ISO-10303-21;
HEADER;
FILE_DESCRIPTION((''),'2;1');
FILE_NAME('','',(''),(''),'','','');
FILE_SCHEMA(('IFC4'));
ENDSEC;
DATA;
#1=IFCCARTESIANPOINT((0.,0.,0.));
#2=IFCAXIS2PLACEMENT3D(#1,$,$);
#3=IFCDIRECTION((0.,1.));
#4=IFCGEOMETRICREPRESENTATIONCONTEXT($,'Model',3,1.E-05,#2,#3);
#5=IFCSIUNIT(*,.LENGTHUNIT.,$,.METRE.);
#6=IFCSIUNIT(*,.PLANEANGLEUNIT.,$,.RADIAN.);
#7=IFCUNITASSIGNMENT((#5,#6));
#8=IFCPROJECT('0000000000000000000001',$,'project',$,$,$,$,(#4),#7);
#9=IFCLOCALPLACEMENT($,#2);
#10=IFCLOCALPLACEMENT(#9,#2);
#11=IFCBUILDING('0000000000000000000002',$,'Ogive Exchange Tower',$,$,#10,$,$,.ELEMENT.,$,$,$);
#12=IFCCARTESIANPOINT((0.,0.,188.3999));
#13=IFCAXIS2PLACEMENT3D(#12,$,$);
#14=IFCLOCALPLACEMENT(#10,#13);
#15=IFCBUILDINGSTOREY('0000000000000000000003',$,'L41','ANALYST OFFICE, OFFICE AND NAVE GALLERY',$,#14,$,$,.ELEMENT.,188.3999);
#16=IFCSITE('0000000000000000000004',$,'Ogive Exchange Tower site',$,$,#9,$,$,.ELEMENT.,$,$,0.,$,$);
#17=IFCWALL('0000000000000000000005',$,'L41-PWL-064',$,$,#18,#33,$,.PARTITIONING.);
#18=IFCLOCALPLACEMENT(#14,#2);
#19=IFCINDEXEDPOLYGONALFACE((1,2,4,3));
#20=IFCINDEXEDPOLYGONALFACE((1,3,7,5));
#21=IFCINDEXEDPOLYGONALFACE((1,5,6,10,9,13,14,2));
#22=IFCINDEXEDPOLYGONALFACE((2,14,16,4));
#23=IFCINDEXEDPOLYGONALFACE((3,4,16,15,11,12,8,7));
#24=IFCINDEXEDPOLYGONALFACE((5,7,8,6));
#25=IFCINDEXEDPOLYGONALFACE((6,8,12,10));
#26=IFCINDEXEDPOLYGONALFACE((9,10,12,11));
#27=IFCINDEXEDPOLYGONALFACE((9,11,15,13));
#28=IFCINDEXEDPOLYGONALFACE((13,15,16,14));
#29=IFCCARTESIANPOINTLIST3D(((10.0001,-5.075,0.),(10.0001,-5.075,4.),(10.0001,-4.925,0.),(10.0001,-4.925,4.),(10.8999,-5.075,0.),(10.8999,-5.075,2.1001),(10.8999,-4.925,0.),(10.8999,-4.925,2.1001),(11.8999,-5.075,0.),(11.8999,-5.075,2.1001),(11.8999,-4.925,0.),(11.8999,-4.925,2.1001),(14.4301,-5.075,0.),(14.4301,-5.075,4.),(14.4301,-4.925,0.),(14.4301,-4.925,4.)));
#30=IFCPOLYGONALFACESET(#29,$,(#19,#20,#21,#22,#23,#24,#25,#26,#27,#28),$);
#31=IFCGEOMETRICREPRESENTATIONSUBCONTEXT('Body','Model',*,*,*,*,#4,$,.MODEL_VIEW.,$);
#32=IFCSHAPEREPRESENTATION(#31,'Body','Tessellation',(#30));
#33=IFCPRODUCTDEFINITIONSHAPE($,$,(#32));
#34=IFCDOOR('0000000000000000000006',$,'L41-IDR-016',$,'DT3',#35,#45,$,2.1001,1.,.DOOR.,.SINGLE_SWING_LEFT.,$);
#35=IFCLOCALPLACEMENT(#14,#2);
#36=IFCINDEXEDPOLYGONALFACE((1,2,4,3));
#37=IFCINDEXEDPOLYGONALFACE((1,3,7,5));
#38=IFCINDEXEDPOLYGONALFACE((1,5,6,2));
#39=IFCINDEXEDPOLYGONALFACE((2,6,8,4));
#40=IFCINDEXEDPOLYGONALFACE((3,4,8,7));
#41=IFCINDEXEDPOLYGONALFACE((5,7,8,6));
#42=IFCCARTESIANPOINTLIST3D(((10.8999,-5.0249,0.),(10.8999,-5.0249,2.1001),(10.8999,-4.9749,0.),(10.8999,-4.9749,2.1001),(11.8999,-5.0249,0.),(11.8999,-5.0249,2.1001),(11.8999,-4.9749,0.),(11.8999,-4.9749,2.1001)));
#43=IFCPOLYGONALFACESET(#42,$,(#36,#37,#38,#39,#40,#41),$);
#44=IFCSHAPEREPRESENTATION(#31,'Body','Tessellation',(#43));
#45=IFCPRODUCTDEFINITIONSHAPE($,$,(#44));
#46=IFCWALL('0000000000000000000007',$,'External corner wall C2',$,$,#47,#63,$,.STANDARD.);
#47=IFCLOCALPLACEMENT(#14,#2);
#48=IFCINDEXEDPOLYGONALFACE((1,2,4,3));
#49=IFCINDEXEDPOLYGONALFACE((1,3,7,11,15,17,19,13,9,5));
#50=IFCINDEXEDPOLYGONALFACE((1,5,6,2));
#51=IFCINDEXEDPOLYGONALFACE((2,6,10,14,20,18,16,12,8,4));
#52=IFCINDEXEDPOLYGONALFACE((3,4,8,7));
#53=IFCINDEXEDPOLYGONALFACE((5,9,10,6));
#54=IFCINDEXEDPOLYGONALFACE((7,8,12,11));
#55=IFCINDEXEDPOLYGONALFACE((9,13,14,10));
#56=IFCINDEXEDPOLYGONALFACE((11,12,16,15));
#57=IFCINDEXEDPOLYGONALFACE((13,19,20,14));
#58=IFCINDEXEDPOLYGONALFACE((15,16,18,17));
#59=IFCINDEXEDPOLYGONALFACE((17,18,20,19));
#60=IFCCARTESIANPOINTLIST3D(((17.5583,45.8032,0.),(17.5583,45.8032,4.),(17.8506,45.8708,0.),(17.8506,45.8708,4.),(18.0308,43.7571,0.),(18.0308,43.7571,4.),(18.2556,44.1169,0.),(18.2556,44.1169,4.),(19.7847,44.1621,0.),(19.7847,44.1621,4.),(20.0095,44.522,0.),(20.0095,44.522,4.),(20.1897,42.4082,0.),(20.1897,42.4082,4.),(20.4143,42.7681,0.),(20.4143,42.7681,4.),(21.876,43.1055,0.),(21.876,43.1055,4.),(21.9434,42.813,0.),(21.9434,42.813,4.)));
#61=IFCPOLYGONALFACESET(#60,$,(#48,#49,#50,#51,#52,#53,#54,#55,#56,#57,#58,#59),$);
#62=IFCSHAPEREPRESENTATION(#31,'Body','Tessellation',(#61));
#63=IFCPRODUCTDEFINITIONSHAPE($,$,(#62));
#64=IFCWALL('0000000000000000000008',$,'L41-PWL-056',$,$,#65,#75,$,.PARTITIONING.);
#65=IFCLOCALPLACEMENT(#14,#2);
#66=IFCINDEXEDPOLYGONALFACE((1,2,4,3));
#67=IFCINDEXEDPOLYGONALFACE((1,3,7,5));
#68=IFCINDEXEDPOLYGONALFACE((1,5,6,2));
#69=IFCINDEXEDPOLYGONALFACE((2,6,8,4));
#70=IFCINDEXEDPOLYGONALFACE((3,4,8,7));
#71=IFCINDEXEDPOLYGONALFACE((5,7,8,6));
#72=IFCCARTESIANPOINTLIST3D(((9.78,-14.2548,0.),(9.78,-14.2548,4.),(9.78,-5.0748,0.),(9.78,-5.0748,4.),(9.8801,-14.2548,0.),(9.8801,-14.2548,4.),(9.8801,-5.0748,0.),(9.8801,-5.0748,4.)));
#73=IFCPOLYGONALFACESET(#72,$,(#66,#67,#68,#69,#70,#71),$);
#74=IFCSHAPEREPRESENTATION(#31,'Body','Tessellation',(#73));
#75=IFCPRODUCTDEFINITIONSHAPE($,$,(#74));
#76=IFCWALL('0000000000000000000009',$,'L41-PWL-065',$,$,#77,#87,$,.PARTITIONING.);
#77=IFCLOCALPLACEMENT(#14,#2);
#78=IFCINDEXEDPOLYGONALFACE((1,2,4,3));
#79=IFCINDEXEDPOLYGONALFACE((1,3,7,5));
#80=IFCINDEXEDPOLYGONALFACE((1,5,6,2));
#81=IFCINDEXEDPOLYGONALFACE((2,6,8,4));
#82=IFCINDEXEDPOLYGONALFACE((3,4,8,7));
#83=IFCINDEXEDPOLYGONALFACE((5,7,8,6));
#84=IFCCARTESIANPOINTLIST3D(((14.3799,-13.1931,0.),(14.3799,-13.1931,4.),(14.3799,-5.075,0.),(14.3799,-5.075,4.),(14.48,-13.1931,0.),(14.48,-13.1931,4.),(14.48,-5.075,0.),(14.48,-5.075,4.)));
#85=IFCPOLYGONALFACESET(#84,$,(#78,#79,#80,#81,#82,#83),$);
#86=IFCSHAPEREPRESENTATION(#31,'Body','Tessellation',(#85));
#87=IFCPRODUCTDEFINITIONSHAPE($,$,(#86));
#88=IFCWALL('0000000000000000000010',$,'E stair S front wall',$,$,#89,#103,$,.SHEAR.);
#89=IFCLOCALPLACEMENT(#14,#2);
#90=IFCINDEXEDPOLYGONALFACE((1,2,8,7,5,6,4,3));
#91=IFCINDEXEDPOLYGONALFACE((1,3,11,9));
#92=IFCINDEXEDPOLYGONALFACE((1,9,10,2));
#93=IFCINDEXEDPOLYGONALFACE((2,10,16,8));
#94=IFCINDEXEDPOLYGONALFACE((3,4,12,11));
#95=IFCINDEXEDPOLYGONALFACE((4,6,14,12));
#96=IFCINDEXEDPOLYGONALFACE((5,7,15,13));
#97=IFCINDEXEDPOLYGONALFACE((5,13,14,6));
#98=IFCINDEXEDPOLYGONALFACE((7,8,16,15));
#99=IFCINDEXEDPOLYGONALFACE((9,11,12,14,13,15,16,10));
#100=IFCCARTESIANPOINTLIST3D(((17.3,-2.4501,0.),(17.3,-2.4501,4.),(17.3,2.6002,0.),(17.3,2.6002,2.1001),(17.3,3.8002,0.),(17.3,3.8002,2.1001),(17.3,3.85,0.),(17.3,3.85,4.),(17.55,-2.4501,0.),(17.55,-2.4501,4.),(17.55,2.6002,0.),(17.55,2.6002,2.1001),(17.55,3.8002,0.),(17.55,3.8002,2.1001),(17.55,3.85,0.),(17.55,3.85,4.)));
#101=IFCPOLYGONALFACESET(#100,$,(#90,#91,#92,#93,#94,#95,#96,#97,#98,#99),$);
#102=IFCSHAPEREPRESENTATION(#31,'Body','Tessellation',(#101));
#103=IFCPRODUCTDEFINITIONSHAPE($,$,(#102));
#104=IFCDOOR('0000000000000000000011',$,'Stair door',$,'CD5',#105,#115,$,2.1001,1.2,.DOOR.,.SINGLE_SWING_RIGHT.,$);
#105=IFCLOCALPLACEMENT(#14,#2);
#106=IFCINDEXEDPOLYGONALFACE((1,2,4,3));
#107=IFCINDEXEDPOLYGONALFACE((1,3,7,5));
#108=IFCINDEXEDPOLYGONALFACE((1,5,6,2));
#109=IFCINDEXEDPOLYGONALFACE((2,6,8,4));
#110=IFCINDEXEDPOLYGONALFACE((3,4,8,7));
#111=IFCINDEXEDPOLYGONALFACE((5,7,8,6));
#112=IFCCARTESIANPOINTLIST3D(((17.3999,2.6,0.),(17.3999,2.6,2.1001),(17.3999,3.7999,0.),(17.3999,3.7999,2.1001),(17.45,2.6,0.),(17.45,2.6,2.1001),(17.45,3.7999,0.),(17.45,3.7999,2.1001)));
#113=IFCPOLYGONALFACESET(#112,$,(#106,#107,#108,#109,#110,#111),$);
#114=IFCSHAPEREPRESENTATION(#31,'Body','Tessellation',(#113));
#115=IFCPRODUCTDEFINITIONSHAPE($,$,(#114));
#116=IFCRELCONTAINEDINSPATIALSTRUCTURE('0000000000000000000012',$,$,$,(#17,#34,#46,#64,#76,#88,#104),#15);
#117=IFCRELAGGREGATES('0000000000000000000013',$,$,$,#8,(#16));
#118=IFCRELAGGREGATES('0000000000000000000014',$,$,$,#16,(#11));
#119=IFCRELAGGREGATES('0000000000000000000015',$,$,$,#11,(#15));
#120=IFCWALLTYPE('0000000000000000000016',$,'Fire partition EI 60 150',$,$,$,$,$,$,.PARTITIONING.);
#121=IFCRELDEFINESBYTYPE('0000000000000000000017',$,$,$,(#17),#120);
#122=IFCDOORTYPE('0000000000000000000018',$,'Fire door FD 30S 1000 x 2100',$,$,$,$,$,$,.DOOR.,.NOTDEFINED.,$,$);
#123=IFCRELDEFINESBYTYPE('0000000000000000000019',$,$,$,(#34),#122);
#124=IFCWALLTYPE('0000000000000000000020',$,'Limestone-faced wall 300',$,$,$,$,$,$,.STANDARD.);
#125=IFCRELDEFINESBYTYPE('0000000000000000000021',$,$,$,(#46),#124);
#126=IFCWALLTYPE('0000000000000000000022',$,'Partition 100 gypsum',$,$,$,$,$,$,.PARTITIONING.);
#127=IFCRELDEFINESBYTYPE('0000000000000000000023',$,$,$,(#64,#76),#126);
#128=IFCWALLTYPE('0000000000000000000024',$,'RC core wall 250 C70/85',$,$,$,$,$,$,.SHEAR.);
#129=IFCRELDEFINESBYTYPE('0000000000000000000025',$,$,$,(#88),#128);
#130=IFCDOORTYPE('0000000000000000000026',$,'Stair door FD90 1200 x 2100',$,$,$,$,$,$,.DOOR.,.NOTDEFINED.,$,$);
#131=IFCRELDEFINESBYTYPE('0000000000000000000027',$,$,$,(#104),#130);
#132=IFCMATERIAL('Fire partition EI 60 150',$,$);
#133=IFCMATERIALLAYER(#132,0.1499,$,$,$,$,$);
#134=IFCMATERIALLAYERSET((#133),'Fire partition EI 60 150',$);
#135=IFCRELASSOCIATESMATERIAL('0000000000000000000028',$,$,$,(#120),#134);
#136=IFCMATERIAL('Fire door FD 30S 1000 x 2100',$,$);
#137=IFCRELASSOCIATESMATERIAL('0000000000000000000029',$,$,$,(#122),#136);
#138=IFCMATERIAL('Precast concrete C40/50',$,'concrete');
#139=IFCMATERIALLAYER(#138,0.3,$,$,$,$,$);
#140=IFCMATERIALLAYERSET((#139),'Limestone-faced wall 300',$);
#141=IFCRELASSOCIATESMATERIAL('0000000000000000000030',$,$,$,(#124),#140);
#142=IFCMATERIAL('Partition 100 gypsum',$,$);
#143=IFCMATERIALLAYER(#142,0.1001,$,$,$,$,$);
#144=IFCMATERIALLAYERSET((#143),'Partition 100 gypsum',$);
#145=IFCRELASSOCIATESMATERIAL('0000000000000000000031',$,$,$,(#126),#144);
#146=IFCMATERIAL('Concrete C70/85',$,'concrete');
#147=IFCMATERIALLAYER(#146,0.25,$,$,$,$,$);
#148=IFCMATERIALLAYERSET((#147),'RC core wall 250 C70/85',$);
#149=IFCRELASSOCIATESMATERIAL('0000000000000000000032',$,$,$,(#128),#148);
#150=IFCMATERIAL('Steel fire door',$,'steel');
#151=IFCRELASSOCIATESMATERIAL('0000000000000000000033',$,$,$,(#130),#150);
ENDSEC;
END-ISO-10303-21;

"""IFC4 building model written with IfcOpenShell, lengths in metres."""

from ifc_helpers import new_model, si_unit, direction, frame, frame_2d, origin, place, context, subcontext, project, spatial, polyline, rectangle, outline, extrude, material, layer, layer_set, type_object, element, fill, save


model = new_model("IFC4")

# Units and contexts
model_context = context("Model", 3, precision=1e-05, world=origin(), true_north=direction((0.0, 1.0)))
body_context = subcontext(model_context, "Body", "Model", "MODEL_VIEW")
ifc_project = project(units=[si_unit("LENGTHUNIT", "METRE"), si_unit("PLANEANGLEUNIT", "RADIAN")], contexts=[model_context])

# Site, building, storey
site_placement = place(None, origin())
site = spatial("IfcSite", under=ifc_project, at=site_placement, Name="Ogive Exchange Tower site", CompositionType="ELEMENT", RefElevation=0.0)
building_placement = place(site_placement, origin())
building = spatial("IfcBuilding", under=site, at=building_placement, Name="Ogive Exchange Tower", CompositionType="ELEMENT")
storey_placement = place(building_placement, frame((0.0, 0.0, 188.3999)))
storey = spatial("IfcBuildingStorey", under=building, at=storey_placement, Name="L41", Description="ANALYST OFFICE, OFFICE AND NAVE GALLERY", CompositionType="ELEMENT", Elevation=188.3999)

# Shared definitions
ifc_material_1 = material(Name="Fire partition EI 60 150")
ifc_layer_1 = layer(ifc_material_1, 0.1499)
ifc_layer_set_1 = layer_set([ifc_layer_1], Name="Fire partition EI 60 150")
wall_type_1 = type_object("IfcWallType", Name="Fire partition EI 60 150", PredefinedType="PARTITIONING", material=ifc_layer_set_1)
ifc_material_2 = material(Name="Fire door FD 30S 1000 x 2100")
door_type_1 = type_object("IfcDoorType", Name="Fire door FD 30S 1000 x 2100", OperationType="NOTDEFINED", PredefinedType="DOOR", material=ifc_material_2)

# Wall, opening, door
wall_1_placement = place(storey_placement, frame((14.4299, -5.0, 0.0), z_axis=(0.0, 0.0, 1.0), x_axis=(-1.0, 0.0, 0.0)))
wall_1 = element("IfcWall", 1, at=wall_1_placement, inside=storey, type_object=wall_type_1, Name="L41-PWL-064", PredefinedType="PARTITIONING", context=body_context, shape_type="SweptSolid", body=[
    extrude(rectangle(XDim=4.4299, YDim=0.1499, at=frame_2d((2.2148, 0.0))), origin(), (0.0, 0.0, 1.0), 4.0),
])
opening_1_placement = place(wall_1_placement, frame((2.53, 0.0, 0.0)))
opening_1 = element("IfcOpeningElement", 2, at=opening_1_placement, cuts=wall_1, PredefinedType="OPENING", context=body_context, shape_type="SweptSolid", body=[
    extrude(rectangle(XDim=1.0, YDim=2.1001, at=frame_2d((0.5, 1.05))), frame((0.0, 0.085, 0.0), z_axis=(0.0, -1.0, 0.0), x_axis=(1.0, 0.0, 0.0)), (0.0, 0.0, 1.0), 0.1699),
])
door_1_placement = place(opening_1_placement, origin())
door_1 = element("IfcDoor", 3, at=door_1_placement, inside=storey, type_object=door_type_1, Name="L41-IDR-016", ObjectType="DT3", OperationType="SINGLE_SWING_LEFT", OverallHeight=2.1001, OverallWidth=1.0, PredefinedType="DOOR", context=body_context, shape_type="SweptSolid", body=[
    extrude(rectangle(XDim=1.0, YDim=2.1001, at=frame_2d((0.5, 1.05))), frame((0.0, 0.0249, 0.0), z_axis=(0.0, -1.0, 0.0), x_axis=(1.0, 0.0, 0.0)), (0.0, 0.0, 1.0), 0.05),
])
fill(opening_1, door_1)

# Walls
ifc_material_3 = material(Name="Precast concrete C40/50", Category="concrete")
ifc_layer_2 = layer(ifc_material_3, 0.3)
ifc_layer_set_2 = layer_set([ifc_layer_2], Name="Limestone-faced wall 300")
wall_type_2 = type_object("IfcWallType", Name="Limestone-faced wall 300", PredefinedType="STANDARD", material=ifc_layer_set_2)
wall_2_placement = place(storey_placement, origin())
element("IfcWall", 4, at=wall_2_placement, inside=storey, type_object=wall_type_2, Name="External corner wall C2", PredefinedType="STANDARD", context=body_context, shape_type="SweptSolid", body=[
    extrude(outline(polyline([(19.7847, 44.1621), (18.0308, 43.7571), (17.5583, 45.8032), (17.8506, 45.8708), (18.2556, 44.1169), (20.0095, 44.522), (20.4143, 42.7681), (21.876, 43.1055), (21.9434, 42.813), (20.1897, 42.4082), (19.7847, 44.1621)])), origin(), (0.0, 0.0, 1.0), 4.0),
])
ifc_material_4 = material(Name="Partition 100 gypsum")
ifc_layer_3 = layer(ifc_material_4, 0.1001)
ifc_layer_set_3 = layer_set([ifc_layer_3], Name="Partition 100 gypsum")
wall_type_3 = type_object("IfcWallType", Name="Partition 100 gypsum", PredefinedType="PARTITIONING", material=ifc_layer_set_3)
wall_3_placement = place(storey_placement, frame((9.8301, -5.075, 0.0), z_axis=(0.0, 0.0, 1.0), x_axis=(0.0, -1.0, 0.0)))
element("IfcWall", 5, at=wall_3_placement, inside=storey, type_object=wall_type_3, Name="L41-PWL-056", PredefinedType="PARTITIONING", context=body_context, shape_type="SweptSolid", body=[
    extrude(rectangle(XDim=9.1799, YDim=0.1001, at=frame_2d((4.5898, 0.0))), origin(), (0.0, 0.0, 1.0), 4.0),
])
wall_4_placement = place(storey_placement, frame((14.4299, -5.075, 0.0), z_axis=(0.0, 0.0, 1.0), x_axis=(0.0, -1.0, 0.0)))
element("IfcWall", 6, at=wall_4_placement, inside=storey, type_object=wall_type_3, Name="L41-PWL-065", PredefinedType="PARTITIONING", context=body_context, shape_type="SweptSolid", body=[
    extrude(rectangle(XDim=8.1182, YDim=0.1001, at=frame_2d((4.0591, 0.0))), origin(), (0.0, 0.0, 1.0), 4.0),
])

# Wall, opening, door
ifc_material_5 = material(Name="Concrete C70/85", Category="concrete")
ifc_layer_4 = layer(ifc_material_5, 0.25)
ifc_layer_set_4 = layer_set([ifc_layer_4], Name="RC core wall 250 C70/85")
wall_type_4 = type_object("IfcWallType", Name="RC core wall 250 C70/85", PredefinedType="SHEAR", material=ifc_layer_set_4)
wall_5_placement = place(storey_placement, frame((17.425, -2.45, 0.0), z_axis=(0.0, 0.0, 1.0), x_axis=(0.0, 1.0, 0.0)))
wall_5 = element("IfcWall", 7, at=wall_5_placement, inside=storey, type_object=wall_type_4, Name="E stair S front wall", PredefinedType="SHEAR", context=body_context, shape_type="SweptSolid", body=[
    extrude(rectangle(XDim=6.3, YDim=0.25, at=frame_2d((3.1499, 0.0))), origin(), (0.0, 0.0, 1.0), 4.0),
])
opening_2_placement = place(wall_5_placement, frame((5.05, 0.0, 0.0)))
opening_2 = element("IfcOpeningElement", 8, at=opening_2_placement, cuts=wall_5, PredefinedType="OPENING", context=body_context, shape_type="SweptSolid", body=[
    extrude(rectangle(XDim=1.2, YDim=2.1001, at=frame_2d((0.6001, 1.05))), frame((0.0, 0.135, 0.0), z_axis=(0.0, -1.0, 0.0), x_axis=(1.0, 0.0, 0.0)), (0.0, 0.0, 1.0), 0.27),
])
ifc_material_6 = material(Name="Steel fire door", Category="steel")
door_type_2 = type_object("IfcDoorType", Name="Stair door FD90 1200 x 2100", OperationType="NOTDEFINED", PredefinedType="DOOR", material=ifc_material_6)
door_2_placement = place(opening_2_placement, frame((1.2, 0.0, 0.0), z_axis=(0.0, 0.0, 1.0), x_axis=(-1.0, 0.0, 0.0)))
door_2 = element("IfcDoor", 9, at=door_2_placement, inside=storey, type_object=door_type_2, Name="Stair door", ObjectType="CD5", OperationType="SINGLE_SWING_RIGHT", OverallHeight=2.1001, OverallWidth=1.2, PredefinedType="DOOR", context=body_context, shape_type="SweptSolid", body=[
    extrude(rectangle(XDim=1.2, YDim=2.1001, at=frame_2d((0.6001, 1.05))), frame((0.0, 0.0249, 0.0), z_axis=(0.0, -1.0, 0.0), x_axis=(1.0, 0.0, 0.0)), (0.0, 0.0, 1.0), 0.05),
])
fill(opening_2, door_2)

save(model, "model.ifc")
